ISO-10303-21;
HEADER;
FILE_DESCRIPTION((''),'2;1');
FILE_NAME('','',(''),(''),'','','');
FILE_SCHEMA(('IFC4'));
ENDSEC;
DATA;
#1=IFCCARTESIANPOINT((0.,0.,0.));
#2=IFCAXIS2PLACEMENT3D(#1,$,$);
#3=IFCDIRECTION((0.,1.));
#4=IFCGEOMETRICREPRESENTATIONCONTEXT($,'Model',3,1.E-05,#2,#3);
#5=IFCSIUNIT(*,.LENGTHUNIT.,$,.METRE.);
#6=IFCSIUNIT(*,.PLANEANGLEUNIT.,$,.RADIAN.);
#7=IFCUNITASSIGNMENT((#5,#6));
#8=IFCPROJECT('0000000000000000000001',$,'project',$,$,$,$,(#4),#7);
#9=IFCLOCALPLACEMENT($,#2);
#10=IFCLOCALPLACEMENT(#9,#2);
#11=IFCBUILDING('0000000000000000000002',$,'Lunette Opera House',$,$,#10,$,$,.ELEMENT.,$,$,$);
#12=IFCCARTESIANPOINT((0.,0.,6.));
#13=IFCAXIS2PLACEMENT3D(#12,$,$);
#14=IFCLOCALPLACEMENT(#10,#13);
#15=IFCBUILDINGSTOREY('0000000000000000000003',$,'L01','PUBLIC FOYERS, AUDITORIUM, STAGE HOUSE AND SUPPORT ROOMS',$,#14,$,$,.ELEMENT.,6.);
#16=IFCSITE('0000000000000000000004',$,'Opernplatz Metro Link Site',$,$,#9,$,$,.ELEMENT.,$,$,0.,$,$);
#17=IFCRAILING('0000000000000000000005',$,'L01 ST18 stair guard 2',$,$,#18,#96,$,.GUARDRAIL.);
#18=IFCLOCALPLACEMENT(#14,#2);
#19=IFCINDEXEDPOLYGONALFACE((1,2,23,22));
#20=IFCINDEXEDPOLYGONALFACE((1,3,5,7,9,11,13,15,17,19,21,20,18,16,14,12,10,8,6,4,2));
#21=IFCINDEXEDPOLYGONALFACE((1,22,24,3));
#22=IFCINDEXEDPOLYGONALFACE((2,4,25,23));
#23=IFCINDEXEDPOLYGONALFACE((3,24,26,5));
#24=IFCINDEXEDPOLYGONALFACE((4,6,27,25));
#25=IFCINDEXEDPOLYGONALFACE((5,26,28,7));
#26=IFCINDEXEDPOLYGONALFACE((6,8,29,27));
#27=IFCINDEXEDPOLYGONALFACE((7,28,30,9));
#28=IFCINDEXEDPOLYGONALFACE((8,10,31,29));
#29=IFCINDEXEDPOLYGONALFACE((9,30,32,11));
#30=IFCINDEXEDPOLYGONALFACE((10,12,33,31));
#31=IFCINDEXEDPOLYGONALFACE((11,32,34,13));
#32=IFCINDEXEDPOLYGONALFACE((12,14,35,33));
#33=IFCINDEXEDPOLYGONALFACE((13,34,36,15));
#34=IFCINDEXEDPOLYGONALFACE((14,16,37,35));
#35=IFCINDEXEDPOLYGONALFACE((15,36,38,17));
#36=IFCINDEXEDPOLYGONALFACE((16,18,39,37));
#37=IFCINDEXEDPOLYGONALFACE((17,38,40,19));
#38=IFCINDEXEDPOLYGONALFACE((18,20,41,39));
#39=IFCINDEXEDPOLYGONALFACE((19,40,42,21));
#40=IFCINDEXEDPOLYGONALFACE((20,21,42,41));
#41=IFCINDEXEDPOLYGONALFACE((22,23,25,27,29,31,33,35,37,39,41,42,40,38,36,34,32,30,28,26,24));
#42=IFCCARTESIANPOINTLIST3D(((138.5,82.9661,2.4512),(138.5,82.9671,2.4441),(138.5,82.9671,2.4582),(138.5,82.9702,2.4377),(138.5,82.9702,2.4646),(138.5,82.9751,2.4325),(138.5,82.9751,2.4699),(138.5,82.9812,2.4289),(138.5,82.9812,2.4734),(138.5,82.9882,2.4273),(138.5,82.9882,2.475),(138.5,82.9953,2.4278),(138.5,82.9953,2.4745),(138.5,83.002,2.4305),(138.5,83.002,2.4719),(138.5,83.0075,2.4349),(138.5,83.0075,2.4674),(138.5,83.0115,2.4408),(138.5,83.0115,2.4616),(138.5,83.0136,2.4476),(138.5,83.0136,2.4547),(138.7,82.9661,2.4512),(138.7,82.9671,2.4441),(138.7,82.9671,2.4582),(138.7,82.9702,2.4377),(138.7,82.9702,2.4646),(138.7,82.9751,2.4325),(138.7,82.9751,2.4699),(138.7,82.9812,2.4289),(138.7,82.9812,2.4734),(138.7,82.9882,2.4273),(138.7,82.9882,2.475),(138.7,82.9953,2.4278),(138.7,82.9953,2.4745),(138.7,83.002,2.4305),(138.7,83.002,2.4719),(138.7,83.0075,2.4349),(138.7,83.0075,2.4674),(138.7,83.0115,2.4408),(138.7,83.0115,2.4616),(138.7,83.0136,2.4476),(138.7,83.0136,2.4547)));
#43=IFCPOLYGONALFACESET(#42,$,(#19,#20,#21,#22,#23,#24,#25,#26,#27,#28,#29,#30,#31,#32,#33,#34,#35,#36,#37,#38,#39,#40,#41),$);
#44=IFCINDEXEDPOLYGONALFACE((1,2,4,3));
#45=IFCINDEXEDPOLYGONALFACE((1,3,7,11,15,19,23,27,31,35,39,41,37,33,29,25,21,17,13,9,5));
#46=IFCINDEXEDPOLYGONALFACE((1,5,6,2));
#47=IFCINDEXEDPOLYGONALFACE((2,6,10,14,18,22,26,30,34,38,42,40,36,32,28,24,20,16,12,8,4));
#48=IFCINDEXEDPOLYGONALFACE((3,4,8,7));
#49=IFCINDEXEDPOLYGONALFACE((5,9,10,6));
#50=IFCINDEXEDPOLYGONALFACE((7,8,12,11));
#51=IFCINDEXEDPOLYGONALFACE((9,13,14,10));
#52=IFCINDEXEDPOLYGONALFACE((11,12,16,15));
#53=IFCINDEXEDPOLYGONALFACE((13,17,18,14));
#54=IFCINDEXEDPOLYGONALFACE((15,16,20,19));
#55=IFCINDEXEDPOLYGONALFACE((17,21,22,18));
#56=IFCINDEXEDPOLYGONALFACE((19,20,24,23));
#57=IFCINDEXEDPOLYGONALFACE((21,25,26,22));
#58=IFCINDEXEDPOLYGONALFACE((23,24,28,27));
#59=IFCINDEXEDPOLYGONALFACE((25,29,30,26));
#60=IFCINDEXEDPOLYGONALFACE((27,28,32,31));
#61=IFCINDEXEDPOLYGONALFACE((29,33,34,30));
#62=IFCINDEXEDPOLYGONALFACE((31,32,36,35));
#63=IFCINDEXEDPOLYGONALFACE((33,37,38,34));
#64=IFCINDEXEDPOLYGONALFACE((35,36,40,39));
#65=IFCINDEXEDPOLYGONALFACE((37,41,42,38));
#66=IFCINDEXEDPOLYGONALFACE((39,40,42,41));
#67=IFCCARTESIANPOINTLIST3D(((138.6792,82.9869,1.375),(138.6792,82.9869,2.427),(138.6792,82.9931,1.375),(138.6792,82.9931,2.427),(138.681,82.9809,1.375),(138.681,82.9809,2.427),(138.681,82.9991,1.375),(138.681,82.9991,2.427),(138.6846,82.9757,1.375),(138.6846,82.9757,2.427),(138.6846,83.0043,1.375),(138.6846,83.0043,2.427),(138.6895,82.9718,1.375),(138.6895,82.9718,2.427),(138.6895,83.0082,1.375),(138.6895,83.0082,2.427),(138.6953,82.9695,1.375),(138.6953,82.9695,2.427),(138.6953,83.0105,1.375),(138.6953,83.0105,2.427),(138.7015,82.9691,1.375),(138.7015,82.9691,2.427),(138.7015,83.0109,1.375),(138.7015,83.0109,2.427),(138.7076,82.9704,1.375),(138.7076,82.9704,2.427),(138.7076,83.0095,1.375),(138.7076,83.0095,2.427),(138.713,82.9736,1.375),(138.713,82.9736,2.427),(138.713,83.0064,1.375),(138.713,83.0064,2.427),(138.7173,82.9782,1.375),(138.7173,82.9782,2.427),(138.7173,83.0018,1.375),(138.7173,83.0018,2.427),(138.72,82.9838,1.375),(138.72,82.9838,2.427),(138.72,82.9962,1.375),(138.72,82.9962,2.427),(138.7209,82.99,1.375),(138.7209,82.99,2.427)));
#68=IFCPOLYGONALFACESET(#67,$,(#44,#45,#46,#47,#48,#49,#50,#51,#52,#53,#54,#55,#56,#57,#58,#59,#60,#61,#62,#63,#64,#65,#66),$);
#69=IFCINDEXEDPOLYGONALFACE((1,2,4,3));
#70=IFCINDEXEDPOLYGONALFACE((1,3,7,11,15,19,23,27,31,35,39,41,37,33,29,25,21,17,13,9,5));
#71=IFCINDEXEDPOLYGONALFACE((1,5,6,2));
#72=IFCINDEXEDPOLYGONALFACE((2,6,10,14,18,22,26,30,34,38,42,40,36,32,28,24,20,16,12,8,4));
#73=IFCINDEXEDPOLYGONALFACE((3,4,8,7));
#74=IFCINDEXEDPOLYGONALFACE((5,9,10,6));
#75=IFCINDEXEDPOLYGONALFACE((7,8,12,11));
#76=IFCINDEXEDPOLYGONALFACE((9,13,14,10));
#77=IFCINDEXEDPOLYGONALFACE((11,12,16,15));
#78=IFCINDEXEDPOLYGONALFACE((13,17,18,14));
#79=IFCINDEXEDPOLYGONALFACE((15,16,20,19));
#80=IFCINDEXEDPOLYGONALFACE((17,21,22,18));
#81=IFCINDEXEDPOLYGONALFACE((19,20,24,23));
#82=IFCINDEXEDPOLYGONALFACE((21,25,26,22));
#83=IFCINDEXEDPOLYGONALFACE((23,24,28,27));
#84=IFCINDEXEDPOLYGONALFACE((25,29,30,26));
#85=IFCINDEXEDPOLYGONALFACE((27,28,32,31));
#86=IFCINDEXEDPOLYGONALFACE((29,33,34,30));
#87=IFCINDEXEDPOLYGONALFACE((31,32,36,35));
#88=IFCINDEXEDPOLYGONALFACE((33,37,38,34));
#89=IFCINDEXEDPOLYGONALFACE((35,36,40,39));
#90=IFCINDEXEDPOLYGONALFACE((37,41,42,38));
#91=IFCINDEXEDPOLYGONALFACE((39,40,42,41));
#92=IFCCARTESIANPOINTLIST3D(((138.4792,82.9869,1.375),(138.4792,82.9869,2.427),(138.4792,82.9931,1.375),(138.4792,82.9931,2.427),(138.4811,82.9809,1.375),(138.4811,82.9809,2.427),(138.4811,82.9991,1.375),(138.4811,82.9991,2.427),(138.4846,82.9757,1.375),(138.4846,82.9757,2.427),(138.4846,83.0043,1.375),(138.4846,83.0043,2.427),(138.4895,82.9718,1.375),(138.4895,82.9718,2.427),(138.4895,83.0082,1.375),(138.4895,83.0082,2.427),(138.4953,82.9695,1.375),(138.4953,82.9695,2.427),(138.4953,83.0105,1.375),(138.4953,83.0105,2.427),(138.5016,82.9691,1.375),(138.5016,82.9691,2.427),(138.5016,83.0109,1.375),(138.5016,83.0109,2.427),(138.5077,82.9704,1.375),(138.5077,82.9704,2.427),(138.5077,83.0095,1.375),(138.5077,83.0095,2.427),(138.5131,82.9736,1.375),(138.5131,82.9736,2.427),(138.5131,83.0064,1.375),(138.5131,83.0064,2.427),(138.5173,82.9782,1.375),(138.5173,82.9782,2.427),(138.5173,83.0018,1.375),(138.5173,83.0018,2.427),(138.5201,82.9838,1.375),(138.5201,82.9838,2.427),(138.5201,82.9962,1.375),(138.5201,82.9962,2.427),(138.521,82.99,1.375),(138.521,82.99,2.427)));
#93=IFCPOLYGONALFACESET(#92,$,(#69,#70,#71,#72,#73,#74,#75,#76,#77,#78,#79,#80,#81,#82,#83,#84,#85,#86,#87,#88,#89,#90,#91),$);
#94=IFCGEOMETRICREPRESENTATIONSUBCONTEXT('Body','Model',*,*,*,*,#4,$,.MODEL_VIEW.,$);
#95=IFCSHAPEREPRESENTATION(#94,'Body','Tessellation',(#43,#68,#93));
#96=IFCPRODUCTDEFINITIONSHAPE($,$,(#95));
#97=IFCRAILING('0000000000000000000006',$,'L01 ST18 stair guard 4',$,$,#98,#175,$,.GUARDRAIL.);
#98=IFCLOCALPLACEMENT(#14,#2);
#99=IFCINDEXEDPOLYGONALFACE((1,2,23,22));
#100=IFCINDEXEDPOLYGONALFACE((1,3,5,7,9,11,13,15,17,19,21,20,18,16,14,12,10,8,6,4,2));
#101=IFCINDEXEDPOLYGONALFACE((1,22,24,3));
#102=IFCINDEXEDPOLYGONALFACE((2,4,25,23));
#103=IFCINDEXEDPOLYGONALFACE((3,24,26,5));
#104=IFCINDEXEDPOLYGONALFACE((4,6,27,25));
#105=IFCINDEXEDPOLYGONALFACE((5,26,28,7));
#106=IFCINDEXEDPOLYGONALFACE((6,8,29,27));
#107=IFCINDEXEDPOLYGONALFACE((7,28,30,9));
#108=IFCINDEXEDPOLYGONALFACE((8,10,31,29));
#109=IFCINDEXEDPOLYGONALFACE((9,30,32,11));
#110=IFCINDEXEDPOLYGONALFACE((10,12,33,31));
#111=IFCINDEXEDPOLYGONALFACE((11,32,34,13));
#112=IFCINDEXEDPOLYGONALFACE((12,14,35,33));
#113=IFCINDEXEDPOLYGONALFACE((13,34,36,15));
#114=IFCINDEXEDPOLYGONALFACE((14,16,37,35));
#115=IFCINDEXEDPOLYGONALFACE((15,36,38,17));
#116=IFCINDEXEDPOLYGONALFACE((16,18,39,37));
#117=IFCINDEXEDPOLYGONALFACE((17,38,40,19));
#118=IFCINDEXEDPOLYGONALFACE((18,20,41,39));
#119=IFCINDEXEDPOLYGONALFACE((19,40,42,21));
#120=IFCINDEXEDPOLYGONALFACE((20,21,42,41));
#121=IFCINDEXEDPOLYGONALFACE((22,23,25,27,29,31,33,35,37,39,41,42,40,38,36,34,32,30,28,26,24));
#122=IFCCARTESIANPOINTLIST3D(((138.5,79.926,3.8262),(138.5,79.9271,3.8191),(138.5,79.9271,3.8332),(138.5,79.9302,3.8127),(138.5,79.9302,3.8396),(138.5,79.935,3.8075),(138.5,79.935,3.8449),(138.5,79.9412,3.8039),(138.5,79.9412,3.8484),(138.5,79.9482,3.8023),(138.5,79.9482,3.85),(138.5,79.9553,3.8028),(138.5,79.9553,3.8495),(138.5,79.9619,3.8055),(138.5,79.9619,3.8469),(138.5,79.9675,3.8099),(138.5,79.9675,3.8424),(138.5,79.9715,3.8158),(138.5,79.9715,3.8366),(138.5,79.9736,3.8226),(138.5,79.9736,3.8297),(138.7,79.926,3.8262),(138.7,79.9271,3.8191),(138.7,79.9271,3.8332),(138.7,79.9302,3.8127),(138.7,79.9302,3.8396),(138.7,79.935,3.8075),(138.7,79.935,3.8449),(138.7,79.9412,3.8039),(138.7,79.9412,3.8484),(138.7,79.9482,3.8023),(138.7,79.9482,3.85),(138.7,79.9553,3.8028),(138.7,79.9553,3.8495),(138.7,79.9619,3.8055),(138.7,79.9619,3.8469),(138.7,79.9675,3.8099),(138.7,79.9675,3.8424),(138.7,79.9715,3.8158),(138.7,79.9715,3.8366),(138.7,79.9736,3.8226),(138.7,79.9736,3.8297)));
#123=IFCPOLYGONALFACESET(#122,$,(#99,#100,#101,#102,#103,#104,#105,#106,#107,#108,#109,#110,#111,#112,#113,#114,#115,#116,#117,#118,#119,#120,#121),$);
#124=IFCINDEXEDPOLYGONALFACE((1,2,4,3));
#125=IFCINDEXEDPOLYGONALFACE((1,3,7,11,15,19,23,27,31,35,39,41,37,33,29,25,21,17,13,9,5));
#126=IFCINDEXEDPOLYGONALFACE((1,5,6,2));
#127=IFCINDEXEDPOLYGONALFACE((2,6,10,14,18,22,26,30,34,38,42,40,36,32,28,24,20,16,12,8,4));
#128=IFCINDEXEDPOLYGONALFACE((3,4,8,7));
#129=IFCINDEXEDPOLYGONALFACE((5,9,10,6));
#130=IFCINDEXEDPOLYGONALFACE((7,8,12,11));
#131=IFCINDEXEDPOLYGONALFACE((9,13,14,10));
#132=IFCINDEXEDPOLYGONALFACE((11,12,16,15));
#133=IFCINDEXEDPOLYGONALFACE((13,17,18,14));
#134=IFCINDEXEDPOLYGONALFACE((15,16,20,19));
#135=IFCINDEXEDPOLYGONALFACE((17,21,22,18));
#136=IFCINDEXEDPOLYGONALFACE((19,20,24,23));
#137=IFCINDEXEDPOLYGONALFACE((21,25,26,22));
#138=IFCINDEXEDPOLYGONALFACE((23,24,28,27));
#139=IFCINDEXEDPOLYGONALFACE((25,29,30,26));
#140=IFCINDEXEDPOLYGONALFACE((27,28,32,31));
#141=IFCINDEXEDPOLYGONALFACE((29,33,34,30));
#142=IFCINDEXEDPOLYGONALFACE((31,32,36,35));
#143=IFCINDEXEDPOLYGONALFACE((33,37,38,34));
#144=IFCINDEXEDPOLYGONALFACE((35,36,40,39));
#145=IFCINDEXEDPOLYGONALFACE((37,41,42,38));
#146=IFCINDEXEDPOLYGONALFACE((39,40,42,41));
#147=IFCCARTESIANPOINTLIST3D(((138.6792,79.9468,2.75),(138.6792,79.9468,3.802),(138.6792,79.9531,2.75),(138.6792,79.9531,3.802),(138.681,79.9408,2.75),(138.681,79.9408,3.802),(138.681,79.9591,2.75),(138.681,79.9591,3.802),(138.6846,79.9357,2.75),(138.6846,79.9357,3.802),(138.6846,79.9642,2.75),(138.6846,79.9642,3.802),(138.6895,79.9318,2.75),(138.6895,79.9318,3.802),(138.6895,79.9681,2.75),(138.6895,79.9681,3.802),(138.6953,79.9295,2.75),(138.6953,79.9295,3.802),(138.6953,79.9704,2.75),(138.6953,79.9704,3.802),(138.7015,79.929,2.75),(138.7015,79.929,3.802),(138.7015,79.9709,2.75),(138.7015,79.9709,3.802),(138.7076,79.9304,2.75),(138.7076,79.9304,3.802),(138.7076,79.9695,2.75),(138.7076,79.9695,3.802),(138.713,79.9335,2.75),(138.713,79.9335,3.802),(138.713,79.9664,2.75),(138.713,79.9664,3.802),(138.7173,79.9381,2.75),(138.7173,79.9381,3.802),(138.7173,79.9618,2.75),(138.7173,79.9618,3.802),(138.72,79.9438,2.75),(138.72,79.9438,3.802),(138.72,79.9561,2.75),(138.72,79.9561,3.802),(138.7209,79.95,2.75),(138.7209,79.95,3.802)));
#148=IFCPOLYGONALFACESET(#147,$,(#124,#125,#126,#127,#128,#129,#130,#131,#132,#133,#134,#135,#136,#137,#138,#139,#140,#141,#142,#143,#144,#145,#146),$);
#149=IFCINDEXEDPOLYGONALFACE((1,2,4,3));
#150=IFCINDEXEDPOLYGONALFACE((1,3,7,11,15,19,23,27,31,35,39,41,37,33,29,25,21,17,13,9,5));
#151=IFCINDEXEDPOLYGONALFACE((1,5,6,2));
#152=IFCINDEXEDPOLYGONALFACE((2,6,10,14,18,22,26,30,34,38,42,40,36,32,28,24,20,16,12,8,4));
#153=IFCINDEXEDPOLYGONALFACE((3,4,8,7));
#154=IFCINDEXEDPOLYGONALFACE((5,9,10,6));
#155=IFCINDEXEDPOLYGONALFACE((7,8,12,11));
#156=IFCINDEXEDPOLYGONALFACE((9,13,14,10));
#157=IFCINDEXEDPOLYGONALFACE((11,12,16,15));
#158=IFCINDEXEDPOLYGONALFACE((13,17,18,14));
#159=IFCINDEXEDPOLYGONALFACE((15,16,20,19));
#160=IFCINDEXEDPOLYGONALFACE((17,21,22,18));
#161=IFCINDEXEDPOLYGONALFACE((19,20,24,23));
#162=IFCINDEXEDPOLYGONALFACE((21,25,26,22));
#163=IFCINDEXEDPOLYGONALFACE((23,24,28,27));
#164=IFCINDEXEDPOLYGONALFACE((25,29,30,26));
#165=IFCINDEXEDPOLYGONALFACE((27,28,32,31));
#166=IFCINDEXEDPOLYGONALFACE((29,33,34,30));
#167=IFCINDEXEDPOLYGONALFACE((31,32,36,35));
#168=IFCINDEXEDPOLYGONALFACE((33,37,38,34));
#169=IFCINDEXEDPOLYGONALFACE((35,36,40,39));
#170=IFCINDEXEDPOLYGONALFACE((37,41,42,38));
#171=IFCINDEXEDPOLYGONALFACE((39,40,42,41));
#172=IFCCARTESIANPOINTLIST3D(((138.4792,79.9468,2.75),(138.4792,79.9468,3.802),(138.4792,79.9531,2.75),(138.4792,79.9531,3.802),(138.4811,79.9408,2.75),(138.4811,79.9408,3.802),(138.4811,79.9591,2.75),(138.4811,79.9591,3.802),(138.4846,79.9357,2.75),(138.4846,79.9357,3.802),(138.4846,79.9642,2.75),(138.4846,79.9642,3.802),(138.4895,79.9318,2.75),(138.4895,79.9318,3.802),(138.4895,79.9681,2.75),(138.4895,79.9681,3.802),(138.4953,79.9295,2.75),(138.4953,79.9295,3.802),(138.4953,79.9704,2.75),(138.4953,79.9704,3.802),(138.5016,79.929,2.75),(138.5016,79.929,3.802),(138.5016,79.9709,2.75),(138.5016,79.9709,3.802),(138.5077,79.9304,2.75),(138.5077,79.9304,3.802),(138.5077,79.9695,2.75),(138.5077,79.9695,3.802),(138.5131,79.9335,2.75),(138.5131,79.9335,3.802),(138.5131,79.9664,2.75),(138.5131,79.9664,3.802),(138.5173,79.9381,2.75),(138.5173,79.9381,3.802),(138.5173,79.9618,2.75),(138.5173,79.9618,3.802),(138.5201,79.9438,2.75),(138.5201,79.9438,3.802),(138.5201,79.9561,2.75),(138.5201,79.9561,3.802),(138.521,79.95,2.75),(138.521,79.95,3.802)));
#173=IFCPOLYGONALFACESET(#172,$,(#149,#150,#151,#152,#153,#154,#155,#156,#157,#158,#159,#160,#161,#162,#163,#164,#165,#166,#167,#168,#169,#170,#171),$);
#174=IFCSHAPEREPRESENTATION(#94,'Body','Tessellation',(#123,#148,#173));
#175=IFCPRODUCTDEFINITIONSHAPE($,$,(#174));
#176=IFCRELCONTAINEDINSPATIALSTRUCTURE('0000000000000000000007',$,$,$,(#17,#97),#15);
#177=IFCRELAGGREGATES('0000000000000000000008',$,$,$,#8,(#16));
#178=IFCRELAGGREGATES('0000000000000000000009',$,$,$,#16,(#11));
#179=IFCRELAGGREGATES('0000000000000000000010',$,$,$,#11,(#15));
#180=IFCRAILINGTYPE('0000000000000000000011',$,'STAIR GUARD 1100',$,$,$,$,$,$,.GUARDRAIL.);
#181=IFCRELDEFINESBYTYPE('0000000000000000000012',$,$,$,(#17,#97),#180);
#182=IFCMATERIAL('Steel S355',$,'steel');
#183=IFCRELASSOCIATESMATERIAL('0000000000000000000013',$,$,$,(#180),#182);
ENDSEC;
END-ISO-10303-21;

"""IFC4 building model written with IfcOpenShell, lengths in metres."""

from ifc_helpers import new_model, si_unit, direction, frame, origin, origin_2d, place, context, subcontext, project, spatial, circle, extrude, material, type_object, element, save


model = new_model("IFC4")

# Units and contexts
model_context = context("Model", 3, precision=1e-05, world=origin(), true_north=direction((0.0, 1.0)))
body_context = subcontext(model_context, "Body", "Model", "MODEL_VIEW")
ifc_project = project(units=[si_unit("LENGTHUNIT", "METRE"), si_unit("PLANEANGLEUNIT", "RADIAN")], contexts=[model_context])

# Site, building, storey
site_placement = place(None, origin())
site = spatial("IfcSite", under=ifc_project, at=site_placement, Name="Opernplatz Metro Link Site", CompositionType="ELEMENT", RefElevation=0.0)
building_placement = place(site_placement, origin())
building = spatial("IfcBuilding", under=site, at=building_placement, Name="Lunette Opera House", CompositionType="ELEMENT")
storey_placement = place(building_placement, frame((0.0, 0.0, 6.0)))
storey = spatial("IfcBuildingStorey", under=building, at=storey_placement, Name="L01", Description="PUBLIC FOYERS, AUDITORIUM, STAGE HOUSE AND SUPPORT ROOMS", CompositionType="ELEMENT", Elevation=6.0)

# Railings
ifc_material_1 = material(Name="Steel S355", Category="steel")
railing_type_1 = type_object("IfcRailingType", Name="STAIR GUARD 1100", PredefinedType="GUARDRAIL", material=ifc_material_1)
for number, where, name in (
    (1, (138.7, 82.99, 1.375), "L01 ST18 stair guard 2"),
    (2, (138.7, 79.95, 2.75), "L01 ST18 stair guard 4"),
):
    element("IfcRailing", number, at=place(storey_placement, frame(where)), inside=storey, type_object=railing_type_1, Name=name, PredefinedType="GUARDRAIL", context=body_context, shape_type="SweptSolid", body=[
        extrude(circle(Radius=0.0239, at=origin_2d()), frame((0.0, 0.0, 1.0762), z_axis=(-1.0, 0.0, 0.0), x_axis=(0.0, -1.0, 0.0)), (0.0, 0.0, 1.0), 0.2),
        extrude(circle(Radius=0.021, at=origin_2d()), origin(), (0.0, 0.0, 1.0), 1.052),
        extrude(circle(Radius=0.021, at=origin_2d()), frame((-0.2, 0.0, 0.0)), (0.0, 0.0, 1.0), 1.052),
    ])

save(model, "model.ifc")
